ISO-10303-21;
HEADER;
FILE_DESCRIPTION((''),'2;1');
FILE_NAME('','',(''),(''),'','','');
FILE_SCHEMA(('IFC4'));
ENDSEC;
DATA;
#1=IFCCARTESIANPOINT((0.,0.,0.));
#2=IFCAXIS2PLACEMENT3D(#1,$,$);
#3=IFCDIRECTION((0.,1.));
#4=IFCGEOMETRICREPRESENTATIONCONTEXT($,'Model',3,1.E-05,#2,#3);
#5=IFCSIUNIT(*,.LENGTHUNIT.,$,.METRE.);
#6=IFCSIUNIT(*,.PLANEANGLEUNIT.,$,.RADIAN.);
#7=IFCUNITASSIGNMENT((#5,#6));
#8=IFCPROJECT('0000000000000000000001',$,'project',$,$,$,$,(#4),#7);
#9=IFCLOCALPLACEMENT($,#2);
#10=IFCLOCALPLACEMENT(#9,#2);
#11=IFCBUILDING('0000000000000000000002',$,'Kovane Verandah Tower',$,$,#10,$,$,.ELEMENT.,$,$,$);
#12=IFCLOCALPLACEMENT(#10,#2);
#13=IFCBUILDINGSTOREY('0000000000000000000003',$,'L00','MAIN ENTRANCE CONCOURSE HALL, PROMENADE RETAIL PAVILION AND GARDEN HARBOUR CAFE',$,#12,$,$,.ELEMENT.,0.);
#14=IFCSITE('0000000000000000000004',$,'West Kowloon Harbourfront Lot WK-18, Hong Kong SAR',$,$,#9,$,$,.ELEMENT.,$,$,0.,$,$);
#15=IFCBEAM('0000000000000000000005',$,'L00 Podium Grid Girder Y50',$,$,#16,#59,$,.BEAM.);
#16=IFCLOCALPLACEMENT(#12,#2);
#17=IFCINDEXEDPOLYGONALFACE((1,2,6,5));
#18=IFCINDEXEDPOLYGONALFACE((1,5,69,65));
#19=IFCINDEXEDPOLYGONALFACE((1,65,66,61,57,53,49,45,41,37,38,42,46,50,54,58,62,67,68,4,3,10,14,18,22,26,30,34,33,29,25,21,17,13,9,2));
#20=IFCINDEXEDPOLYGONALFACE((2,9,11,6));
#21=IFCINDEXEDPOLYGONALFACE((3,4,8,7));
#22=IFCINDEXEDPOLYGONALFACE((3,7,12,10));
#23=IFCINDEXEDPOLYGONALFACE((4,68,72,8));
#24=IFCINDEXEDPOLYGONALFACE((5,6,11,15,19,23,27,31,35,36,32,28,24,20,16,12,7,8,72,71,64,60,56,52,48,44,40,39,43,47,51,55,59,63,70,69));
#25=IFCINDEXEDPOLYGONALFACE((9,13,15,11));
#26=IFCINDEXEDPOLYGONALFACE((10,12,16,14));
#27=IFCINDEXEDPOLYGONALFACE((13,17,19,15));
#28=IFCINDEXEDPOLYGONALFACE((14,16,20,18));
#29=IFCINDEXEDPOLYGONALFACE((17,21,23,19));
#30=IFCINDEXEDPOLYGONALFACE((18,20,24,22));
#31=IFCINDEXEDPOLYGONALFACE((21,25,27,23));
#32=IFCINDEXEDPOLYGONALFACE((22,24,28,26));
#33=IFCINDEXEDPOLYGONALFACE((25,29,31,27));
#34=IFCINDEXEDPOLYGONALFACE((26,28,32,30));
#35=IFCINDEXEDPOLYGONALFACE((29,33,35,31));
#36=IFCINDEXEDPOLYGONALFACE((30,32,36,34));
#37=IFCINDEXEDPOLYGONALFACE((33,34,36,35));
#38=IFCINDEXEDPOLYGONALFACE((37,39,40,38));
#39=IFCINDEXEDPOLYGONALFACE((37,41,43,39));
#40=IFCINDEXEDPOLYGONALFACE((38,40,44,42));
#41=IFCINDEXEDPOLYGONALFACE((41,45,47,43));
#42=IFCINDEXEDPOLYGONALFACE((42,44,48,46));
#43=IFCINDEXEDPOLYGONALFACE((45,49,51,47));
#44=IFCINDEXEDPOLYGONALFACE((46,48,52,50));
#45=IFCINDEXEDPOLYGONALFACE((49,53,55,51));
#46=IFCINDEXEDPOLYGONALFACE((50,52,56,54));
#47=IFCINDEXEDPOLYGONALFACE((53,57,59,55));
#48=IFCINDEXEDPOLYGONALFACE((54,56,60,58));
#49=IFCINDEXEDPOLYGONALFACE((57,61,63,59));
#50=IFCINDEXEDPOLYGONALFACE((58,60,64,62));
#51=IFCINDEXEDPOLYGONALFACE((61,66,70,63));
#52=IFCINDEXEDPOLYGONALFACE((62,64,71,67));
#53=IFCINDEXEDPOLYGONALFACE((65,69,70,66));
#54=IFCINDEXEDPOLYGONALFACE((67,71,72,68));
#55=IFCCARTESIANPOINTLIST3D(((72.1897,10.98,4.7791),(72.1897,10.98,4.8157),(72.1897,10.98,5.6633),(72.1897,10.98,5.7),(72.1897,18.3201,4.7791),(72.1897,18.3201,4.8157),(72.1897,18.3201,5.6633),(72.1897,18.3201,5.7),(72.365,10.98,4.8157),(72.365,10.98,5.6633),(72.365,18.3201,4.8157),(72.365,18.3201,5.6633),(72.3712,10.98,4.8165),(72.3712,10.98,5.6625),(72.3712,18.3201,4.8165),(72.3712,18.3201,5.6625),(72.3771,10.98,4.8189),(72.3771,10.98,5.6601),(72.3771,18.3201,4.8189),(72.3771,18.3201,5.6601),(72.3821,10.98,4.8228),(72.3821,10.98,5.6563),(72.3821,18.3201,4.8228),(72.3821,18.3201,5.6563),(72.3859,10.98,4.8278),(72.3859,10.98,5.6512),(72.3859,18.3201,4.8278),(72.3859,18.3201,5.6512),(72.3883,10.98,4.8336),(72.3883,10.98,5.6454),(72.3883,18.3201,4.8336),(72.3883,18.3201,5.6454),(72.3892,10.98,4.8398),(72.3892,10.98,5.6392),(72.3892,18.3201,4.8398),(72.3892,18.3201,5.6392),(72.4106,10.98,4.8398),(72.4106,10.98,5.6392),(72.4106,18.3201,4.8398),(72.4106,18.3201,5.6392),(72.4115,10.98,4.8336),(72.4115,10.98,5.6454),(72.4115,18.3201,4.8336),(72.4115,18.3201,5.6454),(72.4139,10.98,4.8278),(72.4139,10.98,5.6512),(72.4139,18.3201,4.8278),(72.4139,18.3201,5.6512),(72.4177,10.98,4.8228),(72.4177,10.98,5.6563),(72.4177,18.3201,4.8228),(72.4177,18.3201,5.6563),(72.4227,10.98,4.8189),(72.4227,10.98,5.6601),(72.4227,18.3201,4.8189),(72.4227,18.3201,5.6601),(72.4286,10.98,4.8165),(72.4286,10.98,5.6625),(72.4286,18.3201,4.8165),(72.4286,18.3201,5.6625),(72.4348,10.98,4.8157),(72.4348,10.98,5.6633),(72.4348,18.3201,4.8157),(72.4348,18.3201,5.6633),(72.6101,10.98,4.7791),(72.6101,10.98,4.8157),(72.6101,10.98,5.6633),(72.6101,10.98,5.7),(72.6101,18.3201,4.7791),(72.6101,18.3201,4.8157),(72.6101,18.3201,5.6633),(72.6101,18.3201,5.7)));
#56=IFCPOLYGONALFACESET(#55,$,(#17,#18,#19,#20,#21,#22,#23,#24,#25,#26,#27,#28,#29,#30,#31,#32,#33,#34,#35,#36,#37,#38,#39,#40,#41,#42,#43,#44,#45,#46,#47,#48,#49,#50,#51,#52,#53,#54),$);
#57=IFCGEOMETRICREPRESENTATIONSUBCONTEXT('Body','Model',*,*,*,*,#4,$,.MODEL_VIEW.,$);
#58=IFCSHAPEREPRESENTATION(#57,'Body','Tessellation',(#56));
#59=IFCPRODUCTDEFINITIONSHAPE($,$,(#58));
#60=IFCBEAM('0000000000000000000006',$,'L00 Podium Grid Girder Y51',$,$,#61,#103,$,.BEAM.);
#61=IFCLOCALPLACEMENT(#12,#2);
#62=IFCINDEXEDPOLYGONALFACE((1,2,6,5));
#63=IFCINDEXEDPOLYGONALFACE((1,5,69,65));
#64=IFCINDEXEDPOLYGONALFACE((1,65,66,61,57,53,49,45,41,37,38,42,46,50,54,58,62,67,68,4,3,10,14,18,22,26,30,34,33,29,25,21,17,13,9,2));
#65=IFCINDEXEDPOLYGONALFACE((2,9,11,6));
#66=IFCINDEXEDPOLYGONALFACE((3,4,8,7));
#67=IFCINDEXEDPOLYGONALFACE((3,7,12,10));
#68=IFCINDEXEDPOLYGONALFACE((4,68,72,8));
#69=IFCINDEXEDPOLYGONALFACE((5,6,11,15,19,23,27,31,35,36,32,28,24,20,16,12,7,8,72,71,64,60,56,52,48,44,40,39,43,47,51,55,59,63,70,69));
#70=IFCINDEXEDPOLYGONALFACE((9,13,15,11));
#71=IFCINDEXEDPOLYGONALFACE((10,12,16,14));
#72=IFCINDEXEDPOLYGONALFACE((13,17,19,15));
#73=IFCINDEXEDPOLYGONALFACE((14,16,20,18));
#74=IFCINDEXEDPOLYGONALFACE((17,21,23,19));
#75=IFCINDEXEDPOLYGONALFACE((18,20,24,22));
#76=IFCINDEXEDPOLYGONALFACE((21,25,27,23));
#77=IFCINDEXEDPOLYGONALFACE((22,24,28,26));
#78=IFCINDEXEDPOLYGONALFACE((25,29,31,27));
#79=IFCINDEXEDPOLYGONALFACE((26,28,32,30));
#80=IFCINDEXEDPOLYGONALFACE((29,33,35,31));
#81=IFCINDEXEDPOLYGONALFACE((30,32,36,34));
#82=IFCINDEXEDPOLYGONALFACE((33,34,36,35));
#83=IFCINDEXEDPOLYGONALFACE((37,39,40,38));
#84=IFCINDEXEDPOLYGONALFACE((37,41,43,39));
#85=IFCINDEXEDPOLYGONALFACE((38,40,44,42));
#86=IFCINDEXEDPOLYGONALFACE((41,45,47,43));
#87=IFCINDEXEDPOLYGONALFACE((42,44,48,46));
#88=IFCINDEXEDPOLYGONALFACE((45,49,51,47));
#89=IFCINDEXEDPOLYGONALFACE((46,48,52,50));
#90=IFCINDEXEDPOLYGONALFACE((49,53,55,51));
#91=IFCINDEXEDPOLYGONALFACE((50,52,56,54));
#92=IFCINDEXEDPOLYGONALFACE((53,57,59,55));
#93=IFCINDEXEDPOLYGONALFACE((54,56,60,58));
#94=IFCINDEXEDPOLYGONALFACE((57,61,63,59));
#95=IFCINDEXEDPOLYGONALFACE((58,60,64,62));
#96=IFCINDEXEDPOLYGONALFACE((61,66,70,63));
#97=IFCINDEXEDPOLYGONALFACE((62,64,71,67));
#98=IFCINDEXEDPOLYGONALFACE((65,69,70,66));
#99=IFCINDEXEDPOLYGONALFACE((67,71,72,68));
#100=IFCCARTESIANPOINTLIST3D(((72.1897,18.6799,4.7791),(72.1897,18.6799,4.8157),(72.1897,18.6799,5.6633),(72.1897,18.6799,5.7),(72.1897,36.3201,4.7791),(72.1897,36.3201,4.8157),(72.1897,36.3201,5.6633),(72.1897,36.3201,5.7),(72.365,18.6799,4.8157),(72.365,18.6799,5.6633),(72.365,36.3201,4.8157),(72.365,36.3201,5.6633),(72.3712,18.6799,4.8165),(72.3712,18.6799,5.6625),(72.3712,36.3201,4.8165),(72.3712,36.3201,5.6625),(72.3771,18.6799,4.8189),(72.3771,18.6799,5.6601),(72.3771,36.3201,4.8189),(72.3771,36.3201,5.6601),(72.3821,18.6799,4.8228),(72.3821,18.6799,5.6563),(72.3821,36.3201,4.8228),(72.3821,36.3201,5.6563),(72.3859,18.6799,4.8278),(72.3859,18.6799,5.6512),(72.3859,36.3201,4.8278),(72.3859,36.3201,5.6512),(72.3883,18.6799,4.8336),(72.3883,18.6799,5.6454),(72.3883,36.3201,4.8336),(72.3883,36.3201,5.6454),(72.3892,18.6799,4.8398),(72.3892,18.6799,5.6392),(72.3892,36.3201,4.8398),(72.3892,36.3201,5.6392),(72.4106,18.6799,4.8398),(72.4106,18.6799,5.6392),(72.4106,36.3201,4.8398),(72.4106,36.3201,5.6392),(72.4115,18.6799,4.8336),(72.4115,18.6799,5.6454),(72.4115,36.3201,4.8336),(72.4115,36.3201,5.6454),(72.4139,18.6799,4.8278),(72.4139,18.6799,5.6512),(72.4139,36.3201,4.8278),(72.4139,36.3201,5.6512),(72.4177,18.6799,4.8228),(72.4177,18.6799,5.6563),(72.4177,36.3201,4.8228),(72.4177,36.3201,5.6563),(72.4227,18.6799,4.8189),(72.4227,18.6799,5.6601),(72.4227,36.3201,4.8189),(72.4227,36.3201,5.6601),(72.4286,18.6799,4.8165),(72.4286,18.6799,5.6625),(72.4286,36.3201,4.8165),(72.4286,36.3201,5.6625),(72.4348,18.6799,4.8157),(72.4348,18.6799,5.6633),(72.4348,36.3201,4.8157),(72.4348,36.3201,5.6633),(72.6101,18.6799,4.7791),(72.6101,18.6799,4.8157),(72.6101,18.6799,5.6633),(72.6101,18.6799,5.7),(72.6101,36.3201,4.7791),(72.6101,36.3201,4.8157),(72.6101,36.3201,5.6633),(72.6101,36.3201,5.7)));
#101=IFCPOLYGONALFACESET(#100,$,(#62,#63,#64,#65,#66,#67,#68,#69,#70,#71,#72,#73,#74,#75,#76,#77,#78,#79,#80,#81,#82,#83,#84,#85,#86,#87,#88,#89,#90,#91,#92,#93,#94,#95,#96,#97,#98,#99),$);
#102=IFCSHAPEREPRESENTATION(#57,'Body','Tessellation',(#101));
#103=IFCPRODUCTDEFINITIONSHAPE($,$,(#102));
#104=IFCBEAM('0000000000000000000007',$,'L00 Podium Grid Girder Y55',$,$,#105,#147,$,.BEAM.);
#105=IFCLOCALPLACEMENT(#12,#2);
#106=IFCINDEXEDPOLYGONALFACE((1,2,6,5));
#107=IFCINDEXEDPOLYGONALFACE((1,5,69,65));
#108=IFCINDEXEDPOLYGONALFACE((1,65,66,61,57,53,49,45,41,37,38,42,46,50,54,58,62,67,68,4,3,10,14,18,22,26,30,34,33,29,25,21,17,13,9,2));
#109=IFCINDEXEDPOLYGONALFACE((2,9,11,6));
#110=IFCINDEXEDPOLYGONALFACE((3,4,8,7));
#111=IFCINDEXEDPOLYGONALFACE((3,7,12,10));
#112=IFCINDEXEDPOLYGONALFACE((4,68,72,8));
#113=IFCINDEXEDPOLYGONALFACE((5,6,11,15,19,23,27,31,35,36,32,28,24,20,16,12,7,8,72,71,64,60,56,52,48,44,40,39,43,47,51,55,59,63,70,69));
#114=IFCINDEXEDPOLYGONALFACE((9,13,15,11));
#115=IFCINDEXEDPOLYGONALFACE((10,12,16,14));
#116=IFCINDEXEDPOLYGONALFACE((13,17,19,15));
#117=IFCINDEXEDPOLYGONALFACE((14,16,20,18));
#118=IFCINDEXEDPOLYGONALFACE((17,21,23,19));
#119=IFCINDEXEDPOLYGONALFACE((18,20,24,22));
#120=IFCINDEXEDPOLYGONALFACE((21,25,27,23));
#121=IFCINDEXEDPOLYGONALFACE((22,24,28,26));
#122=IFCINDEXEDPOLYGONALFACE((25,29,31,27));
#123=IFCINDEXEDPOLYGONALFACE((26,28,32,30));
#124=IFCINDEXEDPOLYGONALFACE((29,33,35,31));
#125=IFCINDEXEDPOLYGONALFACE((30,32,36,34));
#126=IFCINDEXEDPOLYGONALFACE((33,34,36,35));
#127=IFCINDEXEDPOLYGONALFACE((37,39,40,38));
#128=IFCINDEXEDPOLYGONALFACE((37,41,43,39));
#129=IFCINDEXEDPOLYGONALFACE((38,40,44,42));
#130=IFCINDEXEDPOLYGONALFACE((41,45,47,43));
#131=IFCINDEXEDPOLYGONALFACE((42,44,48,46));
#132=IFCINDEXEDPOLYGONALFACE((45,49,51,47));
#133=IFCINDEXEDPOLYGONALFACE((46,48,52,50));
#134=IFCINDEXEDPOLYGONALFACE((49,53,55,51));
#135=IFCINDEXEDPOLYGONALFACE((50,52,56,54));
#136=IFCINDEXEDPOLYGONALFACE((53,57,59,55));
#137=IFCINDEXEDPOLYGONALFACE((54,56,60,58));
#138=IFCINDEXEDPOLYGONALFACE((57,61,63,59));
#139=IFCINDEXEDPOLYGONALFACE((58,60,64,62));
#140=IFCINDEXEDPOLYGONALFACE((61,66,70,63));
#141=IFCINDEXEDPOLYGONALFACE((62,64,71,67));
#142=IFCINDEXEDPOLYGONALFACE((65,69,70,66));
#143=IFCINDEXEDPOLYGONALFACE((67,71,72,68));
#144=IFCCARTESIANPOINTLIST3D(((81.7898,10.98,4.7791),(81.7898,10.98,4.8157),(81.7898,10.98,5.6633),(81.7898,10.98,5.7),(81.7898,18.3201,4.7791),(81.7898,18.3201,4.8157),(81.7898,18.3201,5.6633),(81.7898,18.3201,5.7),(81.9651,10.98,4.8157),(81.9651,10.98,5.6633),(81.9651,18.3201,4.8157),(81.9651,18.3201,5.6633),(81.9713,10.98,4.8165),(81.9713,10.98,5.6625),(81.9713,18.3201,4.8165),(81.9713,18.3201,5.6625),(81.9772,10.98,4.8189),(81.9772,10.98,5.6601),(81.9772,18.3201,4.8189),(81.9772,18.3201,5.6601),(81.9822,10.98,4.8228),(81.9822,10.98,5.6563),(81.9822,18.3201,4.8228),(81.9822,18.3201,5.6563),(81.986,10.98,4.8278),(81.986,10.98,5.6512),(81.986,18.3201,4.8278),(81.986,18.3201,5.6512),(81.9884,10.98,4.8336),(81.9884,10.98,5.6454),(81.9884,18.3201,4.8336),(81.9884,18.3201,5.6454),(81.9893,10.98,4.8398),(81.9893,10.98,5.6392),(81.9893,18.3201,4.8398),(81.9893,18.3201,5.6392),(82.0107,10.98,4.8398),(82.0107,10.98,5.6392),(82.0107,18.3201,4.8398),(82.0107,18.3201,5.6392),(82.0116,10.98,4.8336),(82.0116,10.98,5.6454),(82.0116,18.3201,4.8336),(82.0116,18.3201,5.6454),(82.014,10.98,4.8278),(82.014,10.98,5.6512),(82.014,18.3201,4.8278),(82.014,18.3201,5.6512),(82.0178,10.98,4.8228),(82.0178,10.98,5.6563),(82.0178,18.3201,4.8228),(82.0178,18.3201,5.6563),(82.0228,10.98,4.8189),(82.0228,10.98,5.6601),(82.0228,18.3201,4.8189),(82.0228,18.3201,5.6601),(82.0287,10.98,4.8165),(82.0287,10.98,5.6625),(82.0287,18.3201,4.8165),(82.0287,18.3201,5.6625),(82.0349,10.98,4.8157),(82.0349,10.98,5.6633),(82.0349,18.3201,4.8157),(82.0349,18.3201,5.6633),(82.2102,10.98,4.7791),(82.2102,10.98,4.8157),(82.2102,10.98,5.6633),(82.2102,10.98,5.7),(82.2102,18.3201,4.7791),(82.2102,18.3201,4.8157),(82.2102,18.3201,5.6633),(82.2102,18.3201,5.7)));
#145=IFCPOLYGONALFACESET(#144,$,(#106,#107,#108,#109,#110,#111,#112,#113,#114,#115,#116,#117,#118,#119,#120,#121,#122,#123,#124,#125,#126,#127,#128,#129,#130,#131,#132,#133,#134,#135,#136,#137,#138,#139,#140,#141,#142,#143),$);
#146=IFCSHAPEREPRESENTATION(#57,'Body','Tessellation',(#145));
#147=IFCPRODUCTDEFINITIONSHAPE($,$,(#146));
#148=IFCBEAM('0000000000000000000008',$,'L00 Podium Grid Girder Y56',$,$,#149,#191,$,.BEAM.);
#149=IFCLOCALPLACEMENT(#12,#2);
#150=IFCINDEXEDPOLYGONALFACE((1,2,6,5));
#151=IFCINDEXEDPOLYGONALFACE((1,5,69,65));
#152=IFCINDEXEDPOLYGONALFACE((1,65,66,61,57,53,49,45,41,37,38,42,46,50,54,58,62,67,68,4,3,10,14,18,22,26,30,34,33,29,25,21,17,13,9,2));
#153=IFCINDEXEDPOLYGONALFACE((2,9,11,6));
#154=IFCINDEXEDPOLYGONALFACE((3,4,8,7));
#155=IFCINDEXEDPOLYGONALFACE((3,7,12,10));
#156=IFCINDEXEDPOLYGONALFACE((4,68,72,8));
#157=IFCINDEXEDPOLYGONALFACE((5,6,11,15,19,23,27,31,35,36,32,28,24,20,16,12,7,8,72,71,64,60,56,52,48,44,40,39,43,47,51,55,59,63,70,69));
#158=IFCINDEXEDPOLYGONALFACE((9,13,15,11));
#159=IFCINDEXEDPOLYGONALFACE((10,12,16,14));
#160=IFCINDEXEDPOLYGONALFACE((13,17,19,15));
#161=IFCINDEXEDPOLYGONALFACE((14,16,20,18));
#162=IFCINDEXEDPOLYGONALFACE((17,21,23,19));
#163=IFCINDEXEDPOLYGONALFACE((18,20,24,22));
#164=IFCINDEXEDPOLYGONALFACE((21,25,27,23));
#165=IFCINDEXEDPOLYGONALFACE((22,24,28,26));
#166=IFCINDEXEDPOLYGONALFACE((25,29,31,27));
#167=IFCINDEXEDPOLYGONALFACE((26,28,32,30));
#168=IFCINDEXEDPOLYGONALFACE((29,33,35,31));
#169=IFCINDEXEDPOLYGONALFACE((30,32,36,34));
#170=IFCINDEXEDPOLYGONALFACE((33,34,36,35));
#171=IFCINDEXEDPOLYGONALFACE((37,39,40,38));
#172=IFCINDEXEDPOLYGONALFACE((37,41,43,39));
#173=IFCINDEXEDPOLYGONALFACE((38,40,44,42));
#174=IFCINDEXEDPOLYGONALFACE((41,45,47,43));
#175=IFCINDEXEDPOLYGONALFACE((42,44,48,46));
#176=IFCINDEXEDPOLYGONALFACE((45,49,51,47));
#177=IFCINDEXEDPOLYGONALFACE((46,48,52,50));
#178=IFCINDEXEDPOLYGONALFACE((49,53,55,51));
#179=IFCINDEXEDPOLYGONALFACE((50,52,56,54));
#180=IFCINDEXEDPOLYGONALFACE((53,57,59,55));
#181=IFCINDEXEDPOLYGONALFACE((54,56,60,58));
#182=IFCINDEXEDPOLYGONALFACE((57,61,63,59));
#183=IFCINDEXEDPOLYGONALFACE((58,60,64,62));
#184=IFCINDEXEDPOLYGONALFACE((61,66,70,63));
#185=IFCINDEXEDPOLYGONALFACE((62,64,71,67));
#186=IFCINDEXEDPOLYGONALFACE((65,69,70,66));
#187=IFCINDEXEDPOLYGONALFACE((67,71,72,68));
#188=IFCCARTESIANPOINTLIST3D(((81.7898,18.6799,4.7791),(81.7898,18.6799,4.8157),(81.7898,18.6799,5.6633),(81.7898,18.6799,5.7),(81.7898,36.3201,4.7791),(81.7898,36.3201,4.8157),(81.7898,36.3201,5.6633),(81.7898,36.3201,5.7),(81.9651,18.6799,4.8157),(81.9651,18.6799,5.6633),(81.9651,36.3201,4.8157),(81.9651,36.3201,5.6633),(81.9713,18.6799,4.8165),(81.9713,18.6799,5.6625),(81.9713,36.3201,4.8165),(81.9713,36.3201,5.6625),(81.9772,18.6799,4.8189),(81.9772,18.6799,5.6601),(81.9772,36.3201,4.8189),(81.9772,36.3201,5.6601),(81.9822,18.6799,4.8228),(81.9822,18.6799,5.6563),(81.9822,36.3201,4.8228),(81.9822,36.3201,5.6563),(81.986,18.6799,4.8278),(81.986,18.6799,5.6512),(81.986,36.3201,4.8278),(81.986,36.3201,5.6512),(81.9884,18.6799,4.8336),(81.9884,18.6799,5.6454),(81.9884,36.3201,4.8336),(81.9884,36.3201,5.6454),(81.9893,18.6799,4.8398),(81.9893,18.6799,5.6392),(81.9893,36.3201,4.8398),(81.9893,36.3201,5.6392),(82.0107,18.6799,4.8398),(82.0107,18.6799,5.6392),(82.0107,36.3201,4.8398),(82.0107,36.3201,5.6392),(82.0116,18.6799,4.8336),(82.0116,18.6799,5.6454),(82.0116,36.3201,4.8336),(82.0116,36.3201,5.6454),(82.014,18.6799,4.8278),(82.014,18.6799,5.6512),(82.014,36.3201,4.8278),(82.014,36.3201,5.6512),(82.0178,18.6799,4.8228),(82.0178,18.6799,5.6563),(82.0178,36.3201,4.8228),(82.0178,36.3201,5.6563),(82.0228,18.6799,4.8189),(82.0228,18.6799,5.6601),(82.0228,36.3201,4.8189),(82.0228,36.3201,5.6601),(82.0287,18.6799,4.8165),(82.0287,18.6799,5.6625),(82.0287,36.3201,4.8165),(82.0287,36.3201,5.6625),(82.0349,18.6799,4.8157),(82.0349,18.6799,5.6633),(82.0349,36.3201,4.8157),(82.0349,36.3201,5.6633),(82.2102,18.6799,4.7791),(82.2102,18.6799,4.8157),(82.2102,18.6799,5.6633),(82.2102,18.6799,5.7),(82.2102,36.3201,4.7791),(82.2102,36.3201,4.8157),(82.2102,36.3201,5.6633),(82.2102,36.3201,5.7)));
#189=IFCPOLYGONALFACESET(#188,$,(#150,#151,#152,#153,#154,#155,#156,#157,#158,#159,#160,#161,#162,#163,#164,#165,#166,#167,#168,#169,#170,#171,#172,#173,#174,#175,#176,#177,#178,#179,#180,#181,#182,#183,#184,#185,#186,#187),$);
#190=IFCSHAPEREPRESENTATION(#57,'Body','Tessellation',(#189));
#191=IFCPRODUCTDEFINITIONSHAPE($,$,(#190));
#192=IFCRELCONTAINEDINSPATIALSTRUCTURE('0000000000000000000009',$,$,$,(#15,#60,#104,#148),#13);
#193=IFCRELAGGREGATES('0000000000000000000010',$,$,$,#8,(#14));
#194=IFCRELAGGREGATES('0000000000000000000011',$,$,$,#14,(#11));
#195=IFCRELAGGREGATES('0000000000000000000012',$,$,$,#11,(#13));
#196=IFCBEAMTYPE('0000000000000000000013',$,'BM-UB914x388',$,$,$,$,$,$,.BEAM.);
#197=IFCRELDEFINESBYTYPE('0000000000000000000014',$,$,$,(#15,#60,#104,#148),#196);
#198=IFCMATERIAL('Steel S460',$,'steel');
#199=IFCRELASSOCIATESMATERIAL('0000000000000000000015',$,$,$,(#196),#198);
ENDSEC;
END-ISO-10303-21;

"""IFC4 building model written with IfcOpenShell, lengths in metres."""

from ifc_helpers import new_model, si_unit, direction, frame, origin, origin_2d, place, context, subcontext, project, spatial, i_section, extrude, material, material_profile, profile_set, type_object, element, save


model = new_model("IFC4")

# Units and contexts
model_context = context("Model", 3, precision=1e-05, world=origin(), true_north=direction((0.0, 1.0)))
body_context = subcontext(model_context, "Body", "Model", "MODEL_VIEW")
ifc_project = project(units=[si_unit("LENGTHUNIT", "METRE"), si_unit("PLANEANGLEUNIT", "RADIAN")], contexts=[model_context])

# Site, building, storey
site_placement = place(None, origin())
site = spatial("IfcSite", under=ifc_project, at=site_placement, Name="West Kowloon Harbourfront Lot WK-18, Hong Kong SAR", CompositionType="ELEMENT", RefElevation=0.0)
building_placement = place(site_placement, origin())
building = spatial("IfcBuilding", under=site, at=building_placement, Name="Kovane Verandah Tower", CompositionType="ELEMENT")
storey_placement = place(building_placement, origin())
storey = spatial("IfcBuildingStorey", under=building, at=storey_placement, Name="L00", Description="MAIN ENTRANCE CONCOURSE HALL, PROMENADE RETAIL PAVILION AND GARDEN HARBOUR CAFE", CompositionType="ELEMENT", Elevation=0.0)

# Shared definitions
ifc_material_1 = material(Name="Steel S460", Category="steel")

# Beams
ifc_material_profile_1 = material_profile(ifc_material_1, i_section(OverallWidth=0.4204, OverallDepth=0.9209, WebThickness=0.0215, FlangeThickness=0.0366, FilletRadius=0.0242, at=origin_2d()), Name="UB914x419x388")
ifc_profile_set_1 = profile_set([ifc_material_profile_1], Name="Steel S460")
beam_type = type_object("IfcBeamType", Name="BM-UB914x388", PredefinedType="BEAM", material=ifc_profile_set_1)
beam_1_placement = place(storey_placement, frame((72.3999, 10.98, 5.2395), z_axis=(0.0, 1.0, 0.0), x_axis=(-1.0, 0.0, 0.0)))
element("IfcBeam", 1, at=beam_1_placement, inside=storey, type_object=beam_type, Name="L00 Podium Grid Girder Y50", PredefinedType="BEAM", context=body_context, shape_type="SweptSolid", body=[
    extrude(i_section(OverallWidth=0.4204, OverallDepth=0.9209, WebThickness=0.0215, FlangeThickness=0.0366, FilletRadius=0.0242, at=origin_2d()), origin(), (0.0, 0.0, 1.0), 7.3401),
])
beam_2_placement = place(storey_placement, frame((72.3999, 18.6799, 5.2395), z_axis=(0.0, 1.0, 0.0), x_axis=(-1.0, 0.0, 0.0)))
element("IfcBeam", 2, at=beam_2_placement, inside=storey, type_object=beam_type, Name="L00 Podium Grid Girder Y51", PredefinedType="BEAM", context=body_context, shape_type="SweptSolid", body=[
    extrude(i_section(OverallWidth=0.4204, OverallDepth=0.9209, WebThickness=0.0215, FlangeThickness=0.0366, FilletRadius=0.0242, at=origin_2d()), origin(), (0.0, 0.0, 1.0), 17.6401),
])
beam_3_placement = place(storey_placement, frame((82.0, 10.98, 5.2395), z_axis=(0.0, 1.0, 0.0), x_axis=(-1.0, 0.0, 0.0)))
element("IfcBeam", 3, at=beam_3_placement, inside=storey, type_object=beam_type, Name="L00 Podium Grid Girder Y55", PredefinedType="BEAM", context=body_context, shape_type="SweptSolid", body=[
    extrude(i_section(OverallWidth=0.4204, OverallDepth=0.9209, WebThickness=0.0215, FlangeThickness=0.0366, FilletRadius=0.0242, at=origin_2d()), origin(), (0.0, 0.0, 1.0), 7.3401),
])
beam_4_placement = place(storey_placement, frame((82.0, 18.6799, 5.2395), z_axis=(0.0, 1.0, 0.0), x_axis=(-1.0, 0.0, 0.0)))
element("IfcBeam", 4, at=beam_4_placement, inside=storey, type_object=beam_type, Name="L00 Podium Grid Girder Y56", PredefinedType="BEAM", context=body_context, shape_type="SweptSolid", body=[
    extrude(i_section(OverallWidth=0.4204, OverallDepth=0.9209, WebThickness=0.0215, FlangeThickness=0.0366, FilletRadius=0.0242, at=origin_2d()), origin(), (0.0, 0.0, 1.0), 17.6401),
])

save(model, "model.ifc")
